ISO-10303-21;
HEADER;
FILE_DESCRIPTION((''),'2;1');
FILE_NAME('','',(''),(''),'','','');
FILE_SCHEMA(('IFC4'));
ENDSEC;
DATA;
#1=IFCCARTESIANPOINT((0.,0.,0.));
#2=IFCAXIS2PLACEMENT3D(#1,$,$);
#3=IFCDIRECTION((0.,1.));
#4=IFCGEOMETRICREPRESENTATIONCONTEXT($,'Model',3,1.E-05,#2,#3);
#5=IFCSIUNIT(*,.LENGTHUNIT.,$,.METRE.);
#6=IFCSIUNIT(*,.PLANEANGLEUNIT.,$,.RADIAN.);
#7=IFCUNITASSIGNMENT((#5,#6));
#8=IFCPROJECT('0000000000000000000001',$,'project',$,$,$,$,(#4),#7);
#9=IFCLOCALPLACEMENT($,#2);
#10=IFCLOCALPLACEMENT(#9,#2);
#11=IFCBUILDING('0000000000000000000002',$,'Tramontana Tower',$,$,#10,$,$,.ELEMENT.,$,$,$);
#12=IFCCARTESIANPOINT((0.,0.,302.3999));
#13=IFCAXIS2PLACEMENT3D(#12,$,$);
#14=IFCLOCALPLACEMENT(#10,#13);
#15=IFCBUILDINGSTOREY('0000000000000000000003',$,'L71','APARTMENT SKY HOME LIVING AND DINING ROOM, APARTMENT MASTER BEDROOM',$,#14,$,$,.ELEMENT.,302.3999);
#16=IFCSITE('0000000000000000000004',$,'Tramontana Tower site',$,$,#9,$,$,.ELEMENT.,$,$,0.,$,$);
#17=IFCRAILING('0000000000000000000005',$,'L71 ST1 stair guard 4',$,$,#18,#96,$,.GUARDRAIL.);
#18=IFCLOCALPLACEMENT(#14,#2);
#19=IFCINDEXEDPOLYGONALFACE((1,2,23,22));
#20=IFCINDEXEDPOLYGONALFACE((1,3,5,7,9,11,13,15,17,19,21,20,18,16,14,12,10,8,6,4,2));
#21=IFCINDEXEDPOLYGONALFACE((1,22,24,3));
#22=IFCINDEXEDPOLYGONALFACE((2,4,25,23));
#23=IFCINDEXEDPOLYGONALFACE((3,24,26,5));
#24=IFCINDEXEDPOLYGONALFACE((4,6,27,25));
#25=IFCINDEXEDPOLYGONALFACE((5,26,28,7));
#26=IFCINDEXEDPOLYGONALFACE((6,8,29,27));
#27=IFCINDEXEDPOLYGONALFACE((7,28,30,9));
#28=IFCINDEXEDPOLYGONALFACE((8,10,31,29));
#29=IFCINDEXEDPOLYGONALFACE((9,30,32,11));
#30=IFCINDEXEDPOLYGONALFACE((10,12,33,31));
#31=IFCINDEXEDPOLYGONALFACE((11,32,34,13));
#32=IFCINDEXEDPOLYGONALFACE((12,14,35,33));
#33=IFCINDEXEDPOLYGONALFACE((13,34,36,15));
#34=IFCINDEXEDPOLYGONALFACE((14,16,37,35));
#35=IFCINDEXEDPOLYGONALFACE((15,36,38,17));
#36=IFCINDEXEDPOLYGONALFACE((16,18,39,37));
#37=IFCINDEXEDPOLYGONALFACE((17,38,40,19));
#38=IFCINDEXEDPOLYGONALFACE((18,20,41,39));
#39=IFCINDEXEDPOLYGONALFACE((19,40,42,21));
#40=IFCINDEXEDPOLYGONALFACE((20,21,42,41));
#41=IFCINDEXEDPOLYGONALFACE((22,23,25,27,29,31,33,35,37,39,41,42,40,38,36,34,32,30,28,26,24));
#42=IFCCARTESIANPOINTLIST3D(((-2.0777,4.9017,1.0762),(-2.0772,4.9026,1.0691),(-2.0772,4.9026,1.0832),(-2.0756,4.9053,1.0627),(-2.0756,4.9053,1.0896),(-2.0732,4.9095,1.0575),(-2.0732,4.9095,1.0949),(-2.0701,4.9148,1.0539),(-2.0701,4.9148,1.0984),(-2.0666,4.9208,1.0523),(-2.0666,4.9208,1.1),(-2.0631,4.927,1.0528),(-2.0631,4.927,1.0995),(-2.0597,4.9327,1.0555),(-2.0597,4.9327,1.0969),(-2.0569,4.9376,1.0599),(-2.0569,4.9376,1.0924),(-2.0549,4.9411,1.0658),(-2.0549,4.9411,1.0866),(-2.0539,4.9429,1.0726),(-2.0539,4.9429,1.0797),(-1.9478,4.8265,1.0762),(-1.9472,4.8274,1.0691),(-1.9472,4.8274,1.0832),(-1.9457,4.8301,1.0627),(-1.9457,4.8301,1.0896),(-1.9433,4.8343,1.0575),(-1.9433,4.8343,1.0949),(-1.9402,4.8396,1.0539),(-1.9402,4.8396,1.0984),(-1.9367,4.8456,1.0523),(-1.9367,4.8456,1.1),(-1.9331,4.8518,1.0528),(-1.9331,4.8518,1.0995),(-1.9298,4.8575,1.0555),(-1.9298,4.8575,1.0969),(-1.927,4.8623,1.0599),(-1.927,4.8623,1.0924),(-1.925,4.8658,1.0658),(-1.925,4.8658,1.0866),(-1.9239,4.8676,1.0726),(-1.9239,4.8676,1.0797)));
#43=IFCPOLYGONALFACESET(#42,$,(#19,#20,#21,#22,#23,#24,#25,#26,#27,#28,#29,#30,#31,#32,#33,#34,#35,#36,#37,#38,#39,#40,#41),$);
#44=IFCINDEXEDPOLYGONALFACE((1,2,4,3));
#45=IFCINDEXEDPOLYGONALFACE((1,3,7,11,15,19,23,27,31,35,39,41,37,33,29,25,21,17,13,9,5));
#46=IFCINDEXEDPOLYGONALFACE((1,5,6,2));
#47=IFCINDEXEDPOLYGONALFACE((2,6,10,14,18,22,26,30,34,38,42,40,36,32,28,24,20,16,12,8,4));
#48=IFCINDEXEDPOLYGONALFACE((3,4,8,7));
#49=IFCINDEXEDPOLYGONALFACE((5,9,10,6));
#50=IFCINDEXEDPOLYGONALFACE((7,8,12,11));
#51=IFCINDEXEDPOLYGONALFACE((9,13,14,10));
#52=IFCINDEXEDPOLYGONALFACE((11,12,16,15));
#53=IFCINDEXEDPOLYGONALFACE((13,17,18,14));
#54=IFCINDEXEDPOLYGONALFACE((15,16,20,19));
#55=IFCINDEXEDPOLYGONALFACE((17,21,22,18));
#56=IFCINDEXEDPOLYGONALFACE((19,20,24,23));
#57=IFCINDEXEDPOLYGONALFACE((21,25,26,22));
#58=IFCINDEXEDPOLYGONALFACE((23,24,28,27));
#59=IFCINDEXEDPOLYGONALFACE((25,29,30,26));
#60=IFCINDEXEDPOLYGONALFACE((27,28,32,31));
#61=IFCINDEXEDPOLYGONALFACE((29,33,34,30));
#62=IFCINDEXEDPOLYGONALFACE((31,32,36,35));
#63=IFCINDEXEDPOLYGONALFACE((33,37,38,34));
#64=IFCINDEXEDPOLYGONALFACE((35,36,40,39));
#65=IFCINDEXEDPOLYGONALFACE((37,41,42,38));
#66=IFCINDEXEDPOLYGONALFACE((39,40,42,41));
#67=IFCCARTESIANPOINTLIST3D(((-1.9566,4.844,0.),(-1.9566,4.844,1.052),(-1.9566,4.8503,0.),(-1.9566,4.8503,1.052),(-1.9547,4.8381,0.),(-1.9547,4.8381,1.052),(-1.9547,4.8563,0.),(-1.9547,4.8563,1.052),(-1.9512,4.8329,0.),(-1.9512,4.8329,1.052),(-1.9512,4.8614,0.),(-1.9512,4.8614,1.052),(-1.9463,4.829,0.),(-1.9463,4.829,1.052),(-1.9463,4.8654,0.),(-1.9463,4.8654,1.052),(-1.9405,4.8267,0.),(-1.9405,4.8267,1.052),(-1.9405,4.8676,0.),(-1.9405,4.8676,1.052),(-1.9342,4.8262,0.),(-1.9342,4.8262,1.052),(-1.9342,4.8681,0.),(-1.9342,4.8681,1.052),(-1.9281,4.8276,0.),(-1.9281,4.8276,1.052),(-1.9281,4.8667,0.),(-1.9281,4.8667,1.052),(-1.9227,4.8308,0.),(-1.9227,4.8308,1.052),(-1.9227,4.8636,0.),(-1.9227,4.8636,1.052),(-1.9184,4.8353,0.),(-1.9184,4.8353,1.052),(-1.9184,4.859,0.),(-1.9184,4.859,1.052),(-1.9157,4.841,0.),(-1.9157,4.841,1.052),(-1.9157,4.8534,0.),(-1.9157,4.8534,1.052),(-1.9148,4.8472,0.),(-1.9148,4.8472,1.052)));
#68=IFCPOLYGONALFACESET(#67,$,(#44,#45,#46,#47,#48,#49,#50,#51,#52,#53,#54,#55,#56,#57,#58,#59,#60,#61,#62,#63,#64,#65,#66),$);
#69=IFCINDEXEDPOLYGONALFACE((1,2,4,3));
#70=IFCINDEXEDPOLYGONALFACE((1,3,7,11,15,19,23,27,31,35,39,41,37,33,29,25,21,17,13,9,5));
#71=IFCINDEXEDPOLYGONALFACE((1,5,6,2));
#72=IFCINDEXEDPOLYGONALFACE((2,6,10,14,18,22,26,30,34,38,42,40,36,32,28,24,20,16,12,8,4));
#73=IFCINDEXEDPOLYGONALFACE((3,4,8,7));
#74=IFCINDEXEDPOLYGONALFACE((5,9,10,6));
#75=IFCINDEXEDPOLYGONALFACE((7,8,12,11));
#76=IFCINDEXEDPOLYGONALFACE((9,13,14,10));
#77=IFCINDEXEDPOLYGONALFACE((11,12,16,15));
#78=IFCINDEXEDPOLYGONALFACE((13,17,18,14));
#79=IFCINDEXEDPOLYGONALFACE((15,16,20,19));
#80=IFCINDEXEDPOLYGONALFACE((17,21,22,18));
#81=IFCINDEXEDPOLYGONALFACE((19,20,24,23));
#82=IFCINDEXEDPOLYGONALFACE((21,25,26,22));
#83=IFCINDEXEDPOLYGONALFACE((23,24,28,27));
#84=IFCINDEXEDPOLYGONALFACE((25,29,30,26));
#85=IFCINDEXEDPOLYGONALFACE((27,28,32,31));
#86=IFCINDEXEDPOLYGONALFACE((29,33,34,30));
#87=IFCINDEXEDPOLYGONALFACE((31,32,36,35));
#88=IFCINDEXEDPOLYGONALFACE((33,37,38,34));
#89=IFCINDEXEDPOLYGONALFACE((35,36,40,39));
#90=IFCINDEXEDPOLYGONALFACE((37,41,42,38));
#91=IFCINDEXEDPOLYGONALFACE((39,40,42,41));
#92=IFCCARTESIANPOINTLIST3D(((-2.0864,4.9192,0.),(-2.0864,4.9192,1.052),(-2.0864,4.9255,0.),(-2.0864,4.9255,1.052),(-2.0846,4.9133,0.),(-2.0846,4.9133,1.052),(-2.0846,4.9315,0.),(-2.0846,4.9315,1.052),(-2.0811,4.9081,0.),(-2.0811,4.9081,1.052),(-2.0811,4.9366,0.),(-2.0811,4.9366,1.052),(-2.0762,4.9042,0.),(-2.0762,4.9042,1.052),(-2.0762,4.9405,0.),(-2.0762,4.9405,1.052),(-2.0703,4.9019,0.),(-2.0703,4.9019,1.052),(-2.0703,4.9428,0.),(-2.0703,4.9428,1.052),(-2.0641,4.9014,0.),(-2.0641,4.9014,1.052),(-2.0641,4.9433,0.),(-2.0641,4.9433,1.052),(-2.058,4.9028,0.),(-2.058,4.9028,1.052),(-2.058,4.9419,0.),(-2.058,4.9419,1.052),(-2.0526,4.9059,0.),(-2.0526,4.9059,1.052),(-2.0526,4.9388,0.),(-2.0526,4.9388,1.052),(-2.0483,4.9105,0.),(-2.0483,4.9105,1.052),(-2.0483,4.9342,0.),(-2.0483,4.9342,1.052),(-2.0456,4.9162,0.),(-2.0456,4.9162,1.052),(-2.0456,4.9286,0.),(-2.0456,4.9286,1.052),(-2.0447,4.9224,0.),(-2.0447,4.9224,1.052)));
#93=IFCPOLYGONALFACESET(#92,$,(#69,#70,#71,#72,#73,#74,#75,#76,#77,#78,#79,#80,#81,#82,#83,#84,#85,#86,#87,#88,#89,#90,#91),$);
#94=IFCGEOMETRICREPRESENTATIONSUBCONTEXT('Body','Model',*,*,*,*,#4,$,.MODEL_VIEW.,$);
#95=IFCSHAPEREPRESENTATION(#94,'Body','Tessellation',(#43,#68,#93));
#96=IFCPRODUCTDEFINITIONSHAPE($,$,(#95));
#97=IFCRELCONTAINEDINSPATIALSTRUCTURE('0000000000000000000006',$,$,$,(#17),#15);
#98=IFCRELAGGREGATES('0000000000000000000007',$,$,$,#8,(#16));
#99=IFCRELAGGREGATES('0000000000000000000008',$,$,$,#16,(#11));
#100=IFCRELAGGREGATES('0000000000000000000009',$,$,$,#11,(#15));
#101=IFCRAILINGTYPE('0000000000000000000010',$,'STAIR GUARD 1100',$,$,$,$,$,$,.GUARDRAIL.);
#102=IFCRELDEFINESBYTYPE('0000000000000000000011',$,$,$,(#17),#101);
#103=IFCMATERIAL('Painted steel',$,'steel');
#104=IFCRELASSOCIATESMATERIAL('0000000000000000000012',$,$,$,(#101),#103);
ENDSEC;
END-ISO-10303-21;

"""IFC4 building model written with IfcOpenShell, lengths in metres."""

from ifc_helpers import new_model, si_unit, direction, frame, origin, origin_2d, place, context, subcontext, project, spatial, circle, extrude, material, type_object, element, save


model = new_model("IFC4")

# Units and contexts
model_context = context("Model", 3, precision=1e-05, world=origin(), true_north=direction((0.0, 1.0)))
body_context = subcontext(model_context, "Body", "Model", "MODEL_VIEW")
ifc_project = project(units=[si_unit("LENGTHUNIT", "METRE"), si_unit("PLANEANGLEUNIT", "RADIAN")], contexts=[model_context])

# Site, building, storey
site_placement = place(None, origin())
site = spatial("IfcSite", under=ifc_project, at=site_placement, Name="Tramontana Tower site", CompositionType="ELEMENT", RefElevation=0.0)
building_placement = place(site_placement, origin())
building = spatial("IfcBuilding", under=site, at=building_placement, Name="Tramontana Tower", CompositionType="ELEMENT")
storey_placement = place(building_placement, frame((0.0, 0.0, 302.3999)))
storey = spatial("IfcBuildingStorey", under=building, at=storey_placement, Name="L71", Description="APARTMENT SKY HOME LIVING AND DINING ROOM, APARTMENT MASTER BEDROOM", CompositionType="ELEMENT", Elevation=302.3999)

# Railing
ifc_material_1 = material(Name="Painted steel", Category="steel")
railing_type_1 = type_object("IfcRailingType", Name="STAIR GUARD 1100", PredefinedType="GUARDRAIL", material=ifc_material_1)
railing_1_placement = place(storey_placement, frame((-1.9358, 4.8472, 0.0)))
element("IfcRailing", 1, at=railing_1_placement, inside=storey, type_object=railing_type_1, Name="L71 ST1 stair guard 4", PredefinedType="GUARDRAIL", context=body_context, shape_type="SweptSolid", body=[
    extrude(circle(Radius=0.0239, at=origin_2d()), frame((0.0, 0.0, 1.0762), z_axis=(-0.865426, 0.501036, 0.0), x_axis=(-0.501036, -0.865426, 0.0)), (0.0, 0.0, 1.0), 0.1501),
    extrude(circle(Radius=0.021, at=origin_2d()), origin(), (0.0, 0.0, 1.0), 1.052),
    extrude(circle(Radius=0.021, at=origin_2d()), frame((-0.1299, 0.0752, 0.0)), (0.0, 0.0, 1.0), 1.052),
])

save(model, "model.ifc")
